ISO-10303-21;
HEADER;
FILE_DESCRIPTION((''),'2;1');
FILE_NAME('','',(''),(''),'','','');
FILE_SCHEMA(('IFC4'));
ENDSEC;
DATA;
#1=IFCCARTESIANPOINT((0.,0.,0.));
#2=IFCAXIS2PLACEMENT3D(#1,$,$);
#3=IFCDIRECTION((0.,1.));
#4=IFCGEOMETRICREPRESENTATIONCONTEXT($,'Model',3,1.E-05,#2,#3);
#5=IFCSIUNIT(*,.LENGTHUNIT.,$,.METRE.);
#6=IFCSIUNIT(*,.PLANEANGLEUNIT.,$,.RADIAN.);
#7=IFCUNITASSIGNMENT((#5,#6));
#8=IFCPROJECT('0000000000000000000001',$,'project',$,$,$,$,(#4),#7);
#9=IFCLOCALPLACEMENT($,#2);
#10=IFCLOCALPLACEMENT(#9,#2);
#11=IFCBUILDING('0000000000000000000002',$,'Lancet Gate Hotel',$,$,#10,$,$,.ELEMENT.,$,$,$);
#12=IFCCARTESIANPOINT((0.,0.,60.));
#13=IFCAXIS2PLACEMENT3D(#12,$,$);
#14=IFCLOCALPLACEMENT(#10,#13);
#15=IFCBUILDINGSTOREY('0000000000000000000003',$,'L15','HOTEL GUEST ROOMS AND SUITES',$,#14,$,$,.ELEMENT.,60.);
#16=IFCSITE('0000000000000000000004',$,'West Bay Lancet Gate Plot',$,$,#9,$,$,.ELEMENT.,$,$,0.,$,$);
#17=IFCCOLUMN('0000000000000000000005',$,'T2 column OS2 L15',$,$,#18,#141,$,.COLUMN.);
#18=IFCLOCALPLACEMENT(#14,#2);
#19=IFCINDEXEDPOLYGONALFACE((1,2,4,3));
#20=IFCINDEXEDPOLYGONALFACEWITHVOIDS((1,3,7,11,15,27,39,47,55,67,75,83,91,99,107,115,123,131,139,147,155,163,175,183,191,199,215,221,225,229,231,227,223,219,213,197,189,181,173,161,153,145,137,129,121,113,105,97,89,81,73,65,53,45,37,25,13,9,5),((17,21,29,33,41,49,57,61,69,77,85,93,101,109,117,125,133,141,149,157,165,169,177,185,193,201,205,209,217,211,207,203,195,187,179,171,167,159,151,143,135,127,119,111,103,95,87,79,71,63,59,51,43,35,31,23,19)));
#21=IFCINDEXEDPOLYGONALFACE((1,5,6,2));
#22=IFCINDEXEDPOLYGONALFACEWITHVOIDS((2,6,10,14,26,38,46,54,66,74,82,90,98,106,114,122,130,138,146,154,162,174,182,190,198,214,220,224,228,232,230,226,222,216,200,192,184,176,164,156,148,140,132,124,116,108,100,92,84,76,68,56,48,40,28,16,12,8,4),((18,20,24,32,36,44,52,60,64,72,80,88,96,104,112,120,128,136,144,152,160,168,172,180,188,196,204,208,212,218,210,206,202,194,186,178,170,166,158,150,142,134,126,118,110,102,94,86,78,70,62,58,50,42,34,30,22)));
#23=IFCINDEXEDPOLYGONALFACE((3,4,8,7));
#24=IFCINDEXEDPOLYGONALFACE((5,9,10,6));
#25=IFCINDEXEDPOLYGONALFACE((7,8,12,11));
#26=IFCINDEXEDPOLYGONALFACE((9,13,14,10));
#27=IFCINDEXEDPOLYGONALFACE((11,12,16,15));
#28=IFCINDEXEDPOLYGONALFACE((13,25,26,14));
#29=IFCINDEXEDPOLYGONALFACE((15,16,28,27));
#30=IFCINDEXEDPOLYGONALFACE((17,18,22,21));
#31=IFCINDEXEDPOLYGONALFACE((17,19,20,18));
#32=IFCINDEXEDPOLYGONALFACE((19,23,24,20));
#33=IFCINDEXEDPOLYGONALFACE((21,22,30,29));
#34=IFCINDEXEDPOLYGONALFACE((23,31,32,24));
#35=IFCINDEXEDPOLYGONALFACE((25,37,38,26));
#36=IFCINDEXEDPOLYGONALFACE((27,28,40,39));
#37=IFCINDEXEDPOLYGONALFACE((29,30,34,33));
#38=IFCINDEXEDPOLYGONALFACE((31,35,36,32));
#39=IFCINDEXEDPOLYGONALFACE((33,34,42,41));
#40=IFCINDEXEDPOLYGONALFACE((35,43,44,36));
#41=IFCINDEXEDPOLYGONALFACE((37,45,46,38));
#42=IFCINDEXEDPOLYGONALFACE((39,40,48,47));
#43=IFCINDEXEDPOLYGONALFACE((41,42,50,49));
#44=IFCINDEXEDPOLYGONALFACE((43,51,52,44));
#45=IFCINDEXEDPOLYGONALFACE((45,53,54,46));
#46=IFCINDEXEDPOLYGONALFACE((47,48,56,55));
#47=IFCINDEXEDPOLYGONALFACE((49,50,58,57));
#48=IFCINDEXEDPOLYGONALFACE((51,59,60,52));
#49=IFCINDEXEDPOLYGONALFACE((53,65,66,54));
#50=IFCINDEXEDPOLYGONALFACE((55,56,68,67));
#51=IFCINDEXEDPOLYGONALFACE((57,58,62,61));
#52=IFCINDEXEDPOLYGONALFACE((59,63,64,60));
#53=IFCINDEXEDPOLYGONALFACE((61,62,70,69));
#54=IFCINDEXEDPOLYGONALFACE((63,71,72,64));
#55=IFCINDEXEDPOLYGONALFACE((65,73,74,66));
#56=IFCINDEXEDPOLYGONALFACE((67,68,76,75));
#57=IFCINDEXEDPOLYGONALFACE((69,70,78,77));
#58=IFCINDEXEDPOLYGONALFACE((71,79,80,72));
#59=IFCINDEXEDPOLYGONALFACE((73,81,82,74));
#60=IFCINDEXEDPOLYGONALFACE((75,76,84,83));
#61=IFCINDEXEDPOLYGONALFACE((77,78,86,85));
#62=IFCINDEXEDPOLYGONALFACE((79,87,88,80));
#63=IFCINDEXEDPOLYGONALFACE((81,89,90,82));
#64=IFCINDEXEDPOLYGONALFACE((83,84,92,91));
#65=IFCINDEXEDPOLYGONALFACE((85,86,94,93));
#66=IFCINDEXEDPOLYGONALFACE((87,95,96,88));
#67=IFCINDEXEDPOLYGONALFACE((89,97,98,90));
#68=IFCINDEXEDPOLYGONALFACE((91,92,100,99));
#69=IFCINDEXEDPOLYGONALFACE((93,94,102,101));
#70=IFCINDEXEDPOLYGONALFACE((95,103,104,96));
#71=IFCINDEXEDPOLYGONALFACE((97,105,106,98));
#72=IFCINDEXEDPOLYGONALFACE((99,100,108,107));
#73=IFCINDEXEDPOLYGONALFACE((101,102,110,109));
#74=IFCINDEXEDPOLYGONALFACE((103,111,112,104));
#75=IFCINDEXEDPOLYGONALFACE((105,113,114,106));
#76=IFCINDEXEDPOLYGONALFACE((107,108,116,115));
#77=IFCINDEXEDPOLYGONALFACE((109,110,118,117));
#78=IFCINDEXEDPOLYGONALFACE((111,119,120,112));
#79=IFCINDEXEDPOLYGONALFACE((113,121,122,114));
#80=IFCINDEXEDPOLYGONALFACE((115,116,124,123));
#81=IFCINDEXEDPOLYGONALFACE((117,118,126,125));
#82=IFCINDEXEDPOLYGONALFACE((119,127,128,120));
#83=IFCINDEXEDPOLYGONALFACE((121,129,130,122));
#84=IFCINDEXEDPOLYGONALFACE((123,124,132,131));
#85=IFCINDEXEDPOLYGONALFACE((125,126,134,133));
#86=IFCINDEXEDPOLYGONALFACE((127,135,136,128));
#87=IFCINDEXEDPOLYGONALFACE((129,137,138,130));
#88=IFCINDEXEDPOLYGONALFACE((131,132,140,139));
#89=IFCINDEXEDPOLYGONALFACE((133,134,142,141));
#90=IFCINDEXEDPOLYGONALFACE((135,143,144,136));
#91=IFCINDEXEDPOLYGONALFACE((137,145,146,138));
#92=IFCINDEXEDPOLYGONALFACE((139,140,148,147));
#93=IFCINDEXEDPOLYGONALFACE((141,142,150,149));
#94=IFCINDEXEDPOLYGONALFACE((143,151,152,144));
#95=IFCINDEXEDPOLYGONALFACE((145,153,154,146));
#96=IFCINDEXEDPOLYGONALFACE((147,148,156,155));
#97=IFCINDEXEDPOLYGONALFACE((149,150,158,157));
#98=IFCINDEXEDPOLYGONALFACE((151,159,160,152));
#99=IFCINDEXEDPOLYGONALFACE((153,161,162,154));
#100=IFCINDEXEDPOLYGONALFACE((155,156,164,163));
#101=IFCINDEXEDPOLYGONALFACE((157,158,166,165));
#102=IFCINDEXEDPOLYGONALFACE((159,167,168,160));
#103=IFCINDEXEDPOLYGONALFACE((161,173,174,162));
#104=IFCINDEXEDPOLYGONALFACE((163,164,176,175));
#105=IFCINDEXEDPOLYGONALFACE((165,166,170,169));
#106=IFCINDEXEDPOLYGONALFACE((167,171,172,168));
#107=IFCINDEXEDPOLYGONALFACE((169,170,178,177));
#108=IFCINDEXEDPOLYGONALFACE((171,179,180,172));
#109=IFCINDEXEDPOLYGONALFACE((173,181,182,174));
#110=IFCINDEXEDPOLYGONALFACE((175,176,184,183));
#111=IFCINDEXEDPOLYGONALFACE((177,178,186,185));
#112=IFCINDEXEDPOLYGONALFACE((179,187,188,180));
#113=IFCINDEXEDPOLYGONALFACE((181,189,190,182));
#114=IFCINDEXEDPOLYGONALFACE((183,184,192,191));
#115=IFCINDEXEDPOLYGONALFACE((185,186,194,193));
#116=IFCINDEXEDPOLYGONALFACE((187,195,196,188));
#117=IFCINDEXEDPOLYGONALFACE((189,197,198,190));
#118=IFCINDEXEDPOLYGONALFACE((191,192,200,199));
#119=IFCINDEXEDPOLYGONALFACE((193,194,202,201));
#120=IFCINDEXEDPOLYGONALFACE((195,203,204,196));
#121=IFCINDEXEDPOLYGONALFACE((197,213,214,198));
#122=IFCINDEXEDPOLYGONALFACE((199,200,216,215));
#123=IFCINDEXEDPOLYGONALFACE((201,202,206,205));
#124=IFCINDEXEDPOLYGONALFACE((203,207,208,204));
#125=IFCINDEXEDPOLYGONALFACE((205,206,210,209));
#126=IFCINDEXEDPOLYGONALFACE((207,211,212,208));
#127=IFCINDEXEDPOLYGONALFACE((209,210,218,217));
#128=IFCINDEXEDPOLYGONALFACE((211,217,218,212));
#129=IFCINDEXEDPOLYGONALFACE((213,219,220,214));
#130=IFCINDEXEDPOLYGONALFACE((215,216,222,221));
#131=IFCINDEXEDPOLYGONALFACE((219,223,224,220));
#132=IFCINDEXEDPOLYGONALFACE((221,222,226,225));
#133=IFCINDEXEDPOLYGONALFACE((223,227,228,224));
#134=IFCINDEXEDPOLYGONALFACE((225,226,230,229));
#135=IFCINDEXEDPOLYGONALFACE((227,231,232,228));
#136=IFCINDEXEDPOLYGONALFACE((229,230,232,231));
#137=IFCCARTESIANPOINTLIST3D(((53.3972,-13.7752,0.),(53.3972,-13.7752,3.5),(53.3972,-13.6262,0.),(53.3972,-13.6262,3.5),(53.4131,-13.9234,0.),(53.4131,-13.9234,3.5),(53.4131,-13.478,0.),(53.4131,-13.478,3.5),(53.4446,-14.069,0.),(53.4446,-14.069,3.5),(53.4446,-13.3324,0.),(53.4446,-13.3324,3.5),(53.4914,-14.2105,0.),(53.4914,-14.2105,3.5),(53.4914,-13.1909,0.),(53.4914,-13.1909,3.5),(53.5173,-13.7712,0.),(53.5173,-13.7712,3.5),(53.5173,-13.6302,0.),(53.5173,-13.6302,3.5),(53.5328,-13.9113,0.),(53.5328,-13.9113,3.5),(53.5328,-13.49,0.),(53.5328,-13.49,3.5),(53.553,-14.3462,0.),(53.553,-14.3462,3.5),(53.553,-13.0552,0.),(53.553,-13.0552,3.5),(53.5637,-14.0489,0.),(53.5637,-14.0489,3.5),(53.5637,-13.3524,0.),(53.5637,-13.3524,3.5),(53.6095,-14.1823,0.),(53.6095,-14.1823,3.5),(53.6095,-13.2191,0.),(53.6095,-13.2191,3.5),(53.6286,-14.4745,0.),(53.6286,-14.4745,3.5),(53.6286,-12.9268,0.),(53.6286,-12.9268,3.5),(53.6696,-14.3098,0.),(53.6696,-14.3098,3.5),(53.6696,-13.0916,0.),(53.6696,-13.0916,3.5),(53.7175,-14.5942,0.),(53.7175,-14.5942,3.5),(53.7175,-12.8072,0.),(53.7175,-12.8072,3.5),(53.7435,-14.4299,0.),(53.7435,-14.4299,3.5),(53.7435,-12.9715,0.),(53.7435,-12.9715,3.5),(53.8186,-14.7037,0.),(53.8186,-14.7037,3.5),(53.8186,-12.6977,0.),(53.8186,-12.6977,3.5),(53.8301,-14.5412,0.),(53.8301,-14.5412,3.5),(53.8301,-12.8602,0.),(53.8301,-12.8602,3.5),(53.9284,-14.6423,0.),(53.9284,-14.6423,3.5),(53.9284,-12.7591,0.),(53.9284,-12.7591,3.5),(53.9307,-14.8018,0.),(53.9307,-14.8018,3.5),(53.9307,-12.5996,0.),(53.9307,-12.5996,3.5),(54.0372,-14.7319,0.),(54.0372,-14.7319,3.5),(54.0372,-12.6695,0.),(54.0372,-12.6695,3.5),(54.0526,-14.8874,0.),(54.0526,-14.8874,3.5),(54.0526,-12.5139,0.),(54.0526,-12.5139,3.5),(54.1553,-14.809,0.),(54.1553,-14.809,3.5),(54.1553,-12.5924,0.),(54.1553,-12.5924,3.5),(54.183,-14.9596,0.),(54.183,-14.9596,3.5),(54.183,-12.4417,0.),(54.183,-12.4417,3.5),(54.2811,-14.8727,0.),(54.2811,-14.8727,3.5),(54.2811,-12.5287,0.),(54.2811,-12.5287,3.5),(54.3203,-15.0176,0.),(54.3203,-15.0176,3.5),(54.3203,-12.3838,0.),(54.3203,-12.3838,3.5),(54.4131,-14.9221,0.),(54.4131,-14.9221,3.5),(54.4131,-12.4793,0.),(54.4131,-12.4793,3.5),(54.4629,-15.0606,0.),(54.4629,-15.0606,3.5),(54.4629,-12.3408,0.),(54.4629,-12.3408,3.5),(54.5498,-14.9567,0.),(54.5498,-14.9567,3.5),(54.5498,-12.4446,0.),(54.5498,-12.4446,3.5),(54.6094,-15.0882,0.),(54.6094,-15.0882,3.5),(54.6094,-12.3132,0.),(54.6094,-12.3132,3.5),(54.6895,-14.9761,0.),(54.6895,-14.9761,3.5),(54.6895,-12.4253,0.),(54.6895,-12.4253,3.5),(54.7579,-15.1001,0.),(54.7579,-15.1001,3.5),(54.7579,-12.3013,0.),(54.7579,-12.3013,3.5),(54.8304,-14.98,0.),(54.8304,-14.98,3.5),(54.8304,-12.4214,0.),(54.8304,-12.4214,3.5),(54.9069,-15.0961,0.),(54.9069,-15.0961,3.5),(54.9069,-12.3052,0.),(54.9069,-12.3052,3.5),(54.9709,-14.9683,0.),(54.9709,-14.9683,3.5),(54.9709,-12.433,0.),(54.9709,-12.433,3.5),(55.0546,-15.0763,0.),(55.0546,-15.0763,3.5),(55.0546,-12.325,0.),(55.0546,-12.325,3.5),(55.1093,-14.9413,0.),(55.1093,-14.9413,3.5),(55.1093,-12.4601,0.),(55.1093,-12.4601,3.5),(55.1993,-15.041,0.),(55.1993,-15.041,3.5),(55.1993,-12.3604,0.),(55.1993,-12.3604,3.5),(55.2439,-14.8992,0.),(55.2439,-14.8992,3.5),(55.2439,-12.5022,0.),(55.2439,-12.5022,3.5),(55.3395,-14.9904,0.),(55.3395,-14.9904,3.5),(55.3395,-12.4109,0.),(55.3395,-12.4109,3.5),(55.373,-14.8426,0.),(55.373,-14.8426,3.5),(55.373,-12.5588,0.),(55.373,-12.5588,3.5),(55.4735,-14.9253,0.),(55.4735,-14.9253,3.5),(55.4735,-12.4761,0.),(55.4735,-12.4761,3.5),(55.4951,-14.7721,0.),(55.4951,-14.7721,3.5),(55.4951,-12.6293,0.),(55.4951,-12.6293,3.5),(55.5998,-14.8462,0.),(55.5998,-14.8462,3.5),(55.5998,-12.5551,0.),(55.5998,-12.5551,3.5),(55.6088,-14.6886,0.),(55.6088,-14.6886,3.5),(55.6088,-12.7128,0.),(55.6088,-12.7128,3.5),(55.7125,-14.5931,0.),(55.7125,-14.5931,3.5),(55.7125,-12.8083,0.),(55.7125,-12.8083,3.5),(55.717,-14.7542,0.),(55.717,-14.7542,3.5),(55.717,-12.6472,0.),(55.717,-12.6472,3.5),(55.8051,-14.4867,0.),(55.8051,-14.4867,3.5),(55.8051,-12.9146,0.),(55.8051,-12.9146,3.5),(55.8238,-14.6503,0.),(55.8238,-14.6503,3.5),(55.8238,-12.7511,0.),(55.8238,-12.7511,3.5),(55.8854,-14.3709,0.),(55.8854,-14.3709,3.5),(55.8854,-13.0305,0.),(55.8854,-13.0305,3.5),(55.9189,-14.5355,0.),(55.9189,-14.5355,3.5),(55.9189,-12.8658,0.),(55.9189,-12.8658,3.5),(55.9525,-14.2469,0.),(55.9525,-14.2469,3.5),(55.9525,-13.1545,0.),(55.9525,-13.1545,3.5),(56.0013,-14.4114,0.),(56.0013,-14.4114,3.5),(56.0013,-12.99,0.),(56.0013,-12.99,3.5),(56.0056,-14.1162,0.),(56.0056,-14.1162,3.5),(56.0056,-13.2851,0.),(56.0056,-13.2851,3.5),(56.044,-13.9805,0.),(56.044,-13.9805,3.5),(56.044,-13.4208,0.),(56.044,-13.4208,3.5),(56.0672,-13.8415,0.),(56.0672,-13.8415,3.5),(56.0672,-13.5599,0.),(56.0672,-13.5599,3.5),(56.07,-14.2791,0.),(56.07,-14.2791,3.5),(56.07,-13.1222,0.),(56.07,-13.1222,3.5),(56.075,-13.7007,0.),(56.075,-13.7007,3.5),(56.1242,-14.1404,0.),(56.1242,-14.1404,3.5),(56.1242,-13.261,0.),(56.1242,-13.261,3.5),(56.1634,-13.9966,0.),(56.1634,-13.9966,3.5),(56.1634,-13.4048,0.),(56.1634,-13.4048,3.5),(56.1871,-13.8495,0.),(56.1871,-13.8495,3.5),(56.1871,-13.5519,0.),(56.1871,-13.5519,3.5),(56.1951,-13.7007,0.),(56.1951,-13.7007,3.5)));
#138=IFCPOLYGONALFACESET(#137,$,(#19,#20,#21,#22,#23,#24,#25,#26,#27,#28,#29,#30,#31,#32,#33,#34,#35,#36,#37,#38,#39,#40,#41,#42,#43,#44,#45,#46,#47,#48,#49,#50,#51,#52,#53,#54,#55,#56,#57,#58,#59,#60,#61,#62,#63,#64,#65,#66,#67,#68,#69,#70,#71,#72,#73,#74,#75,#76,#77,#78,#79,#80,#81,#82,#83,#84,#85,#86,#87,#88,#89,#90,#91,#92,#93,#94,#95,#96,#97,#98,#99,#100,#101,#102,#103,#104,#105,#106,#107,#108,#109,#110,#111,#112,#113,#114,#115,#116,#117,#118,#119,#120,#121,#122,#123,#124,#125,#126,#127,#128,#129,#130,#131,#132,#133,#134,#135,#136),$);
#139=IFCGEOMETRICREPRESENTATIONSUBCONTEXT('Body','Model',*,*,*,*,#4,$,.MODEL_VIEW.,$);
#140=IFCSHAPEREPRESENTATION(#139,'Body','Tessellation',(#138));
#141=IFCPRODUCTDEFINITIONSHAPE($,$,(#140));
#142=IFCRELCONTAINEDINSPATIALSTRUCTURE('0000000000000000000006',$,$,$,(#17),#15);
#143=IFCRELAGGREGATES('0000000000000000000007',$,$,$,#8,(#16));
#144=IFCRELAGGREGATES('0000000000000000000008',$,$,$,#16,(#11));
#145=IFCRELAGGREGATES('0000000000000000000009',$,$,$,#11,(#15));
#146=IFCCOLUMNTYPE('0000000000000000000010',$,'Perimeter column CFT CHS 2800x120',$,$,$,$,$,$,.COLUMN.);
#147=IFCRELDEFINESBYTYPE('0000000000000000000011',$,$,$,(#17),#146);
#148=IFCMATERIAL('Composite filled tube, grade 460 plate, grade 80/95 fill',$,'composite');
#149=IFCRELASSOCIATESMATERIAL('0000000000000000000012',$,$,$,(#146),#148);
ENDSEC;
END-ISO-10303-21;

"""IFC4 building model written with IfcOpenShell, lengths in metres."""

from ifc_helpers import new_model, si_unit, direction, frame, origin, origin_2d, place, context, subcontext, project, spatial, hollow_circle, extrude, material, material_profile, profile_set, type_object, element, save


model = new_model("IFC4")

# Units and contexts
model_context = context("Model", 3, precision=1e-05, world=origin(), true_north=direction((0.0, 1.0)))
body_context = subcontext(model_context, "Body", "Model", "MODEL_VIEW")
ifc_project = project(units=[si_unit("LENGTHUNIT", "METRE"), si_unit("PLANEANGLEUNIT", "RADIAN")], contexts=[model_context])

# Site, building, storey
site_placement = place(None, origin())
site = spatial("IfcSite", under=ifc_project, at=site_placement, Name="West Bay Lancet Gate Plot", CompositionType="ELEMENT", RefElevation=0.0)
building_placement = place(site_placement, origin())
building = spatial("IfcBuilding", under=site, at=building_placement, Name="Lancet Gate Hotel", CompositionType="ELEMENT")
storey_placement = place(building_placement, frame((0.0, 0.0, 60.0)))
storey = spatial("IfcBuildingStorey", under=building, at=storey_placement, Name="L15", Description="HOTEL GUEST ROOMS AND SUITES", CompositionType="ELEMENT", Elevation=60.0)

# Column
ifc_material_1 = material(Name="Composite filled tube, grade 460 plate, grade 80/95 fill", Category="composite")
ifc_material_profile_1 = material_profile(ifc_material_1, hollow_circle(Radius=1.3999, WallThickness=0.1201, at=origin_2d()), Name="CHS 2800x120")
ifc_profile_set_1 = profile_set([ifc_material_profile_1], Name="Composite filled tube, grade 460 plate, grade 80/95 fill")
column_type = type_object("IfcColumnType", Name="Perimeter column CFT CHS 2800x120", PredefinedType="COLUMN", material=ifc_profile_set_1)
for number, where, z_axis, x_axis, name in (
    (1, (54.7952, -13.7007, 0.0), (0.0, 0.0, 1.0), (1.0, 0.0, 0.0), "T2 column OS2 L15"),
):
    element("IfcColumn", number, at=place(storey_placement, frame(where, z_axis=z_axis, x_axis=x_axis)), inside=storey, type_object=column_type, Name=name, PredefinedType="COLUMN", context=body_context, shape_type="SweptSolid", body=[
        extrude(hollow_circle(Radius=1.3999, WallThickness=0.1201, at=origin_2d()), origin(), (0.0, 0.0, 1.0), 3.5),
    ])

save(model, "model.ifc")
